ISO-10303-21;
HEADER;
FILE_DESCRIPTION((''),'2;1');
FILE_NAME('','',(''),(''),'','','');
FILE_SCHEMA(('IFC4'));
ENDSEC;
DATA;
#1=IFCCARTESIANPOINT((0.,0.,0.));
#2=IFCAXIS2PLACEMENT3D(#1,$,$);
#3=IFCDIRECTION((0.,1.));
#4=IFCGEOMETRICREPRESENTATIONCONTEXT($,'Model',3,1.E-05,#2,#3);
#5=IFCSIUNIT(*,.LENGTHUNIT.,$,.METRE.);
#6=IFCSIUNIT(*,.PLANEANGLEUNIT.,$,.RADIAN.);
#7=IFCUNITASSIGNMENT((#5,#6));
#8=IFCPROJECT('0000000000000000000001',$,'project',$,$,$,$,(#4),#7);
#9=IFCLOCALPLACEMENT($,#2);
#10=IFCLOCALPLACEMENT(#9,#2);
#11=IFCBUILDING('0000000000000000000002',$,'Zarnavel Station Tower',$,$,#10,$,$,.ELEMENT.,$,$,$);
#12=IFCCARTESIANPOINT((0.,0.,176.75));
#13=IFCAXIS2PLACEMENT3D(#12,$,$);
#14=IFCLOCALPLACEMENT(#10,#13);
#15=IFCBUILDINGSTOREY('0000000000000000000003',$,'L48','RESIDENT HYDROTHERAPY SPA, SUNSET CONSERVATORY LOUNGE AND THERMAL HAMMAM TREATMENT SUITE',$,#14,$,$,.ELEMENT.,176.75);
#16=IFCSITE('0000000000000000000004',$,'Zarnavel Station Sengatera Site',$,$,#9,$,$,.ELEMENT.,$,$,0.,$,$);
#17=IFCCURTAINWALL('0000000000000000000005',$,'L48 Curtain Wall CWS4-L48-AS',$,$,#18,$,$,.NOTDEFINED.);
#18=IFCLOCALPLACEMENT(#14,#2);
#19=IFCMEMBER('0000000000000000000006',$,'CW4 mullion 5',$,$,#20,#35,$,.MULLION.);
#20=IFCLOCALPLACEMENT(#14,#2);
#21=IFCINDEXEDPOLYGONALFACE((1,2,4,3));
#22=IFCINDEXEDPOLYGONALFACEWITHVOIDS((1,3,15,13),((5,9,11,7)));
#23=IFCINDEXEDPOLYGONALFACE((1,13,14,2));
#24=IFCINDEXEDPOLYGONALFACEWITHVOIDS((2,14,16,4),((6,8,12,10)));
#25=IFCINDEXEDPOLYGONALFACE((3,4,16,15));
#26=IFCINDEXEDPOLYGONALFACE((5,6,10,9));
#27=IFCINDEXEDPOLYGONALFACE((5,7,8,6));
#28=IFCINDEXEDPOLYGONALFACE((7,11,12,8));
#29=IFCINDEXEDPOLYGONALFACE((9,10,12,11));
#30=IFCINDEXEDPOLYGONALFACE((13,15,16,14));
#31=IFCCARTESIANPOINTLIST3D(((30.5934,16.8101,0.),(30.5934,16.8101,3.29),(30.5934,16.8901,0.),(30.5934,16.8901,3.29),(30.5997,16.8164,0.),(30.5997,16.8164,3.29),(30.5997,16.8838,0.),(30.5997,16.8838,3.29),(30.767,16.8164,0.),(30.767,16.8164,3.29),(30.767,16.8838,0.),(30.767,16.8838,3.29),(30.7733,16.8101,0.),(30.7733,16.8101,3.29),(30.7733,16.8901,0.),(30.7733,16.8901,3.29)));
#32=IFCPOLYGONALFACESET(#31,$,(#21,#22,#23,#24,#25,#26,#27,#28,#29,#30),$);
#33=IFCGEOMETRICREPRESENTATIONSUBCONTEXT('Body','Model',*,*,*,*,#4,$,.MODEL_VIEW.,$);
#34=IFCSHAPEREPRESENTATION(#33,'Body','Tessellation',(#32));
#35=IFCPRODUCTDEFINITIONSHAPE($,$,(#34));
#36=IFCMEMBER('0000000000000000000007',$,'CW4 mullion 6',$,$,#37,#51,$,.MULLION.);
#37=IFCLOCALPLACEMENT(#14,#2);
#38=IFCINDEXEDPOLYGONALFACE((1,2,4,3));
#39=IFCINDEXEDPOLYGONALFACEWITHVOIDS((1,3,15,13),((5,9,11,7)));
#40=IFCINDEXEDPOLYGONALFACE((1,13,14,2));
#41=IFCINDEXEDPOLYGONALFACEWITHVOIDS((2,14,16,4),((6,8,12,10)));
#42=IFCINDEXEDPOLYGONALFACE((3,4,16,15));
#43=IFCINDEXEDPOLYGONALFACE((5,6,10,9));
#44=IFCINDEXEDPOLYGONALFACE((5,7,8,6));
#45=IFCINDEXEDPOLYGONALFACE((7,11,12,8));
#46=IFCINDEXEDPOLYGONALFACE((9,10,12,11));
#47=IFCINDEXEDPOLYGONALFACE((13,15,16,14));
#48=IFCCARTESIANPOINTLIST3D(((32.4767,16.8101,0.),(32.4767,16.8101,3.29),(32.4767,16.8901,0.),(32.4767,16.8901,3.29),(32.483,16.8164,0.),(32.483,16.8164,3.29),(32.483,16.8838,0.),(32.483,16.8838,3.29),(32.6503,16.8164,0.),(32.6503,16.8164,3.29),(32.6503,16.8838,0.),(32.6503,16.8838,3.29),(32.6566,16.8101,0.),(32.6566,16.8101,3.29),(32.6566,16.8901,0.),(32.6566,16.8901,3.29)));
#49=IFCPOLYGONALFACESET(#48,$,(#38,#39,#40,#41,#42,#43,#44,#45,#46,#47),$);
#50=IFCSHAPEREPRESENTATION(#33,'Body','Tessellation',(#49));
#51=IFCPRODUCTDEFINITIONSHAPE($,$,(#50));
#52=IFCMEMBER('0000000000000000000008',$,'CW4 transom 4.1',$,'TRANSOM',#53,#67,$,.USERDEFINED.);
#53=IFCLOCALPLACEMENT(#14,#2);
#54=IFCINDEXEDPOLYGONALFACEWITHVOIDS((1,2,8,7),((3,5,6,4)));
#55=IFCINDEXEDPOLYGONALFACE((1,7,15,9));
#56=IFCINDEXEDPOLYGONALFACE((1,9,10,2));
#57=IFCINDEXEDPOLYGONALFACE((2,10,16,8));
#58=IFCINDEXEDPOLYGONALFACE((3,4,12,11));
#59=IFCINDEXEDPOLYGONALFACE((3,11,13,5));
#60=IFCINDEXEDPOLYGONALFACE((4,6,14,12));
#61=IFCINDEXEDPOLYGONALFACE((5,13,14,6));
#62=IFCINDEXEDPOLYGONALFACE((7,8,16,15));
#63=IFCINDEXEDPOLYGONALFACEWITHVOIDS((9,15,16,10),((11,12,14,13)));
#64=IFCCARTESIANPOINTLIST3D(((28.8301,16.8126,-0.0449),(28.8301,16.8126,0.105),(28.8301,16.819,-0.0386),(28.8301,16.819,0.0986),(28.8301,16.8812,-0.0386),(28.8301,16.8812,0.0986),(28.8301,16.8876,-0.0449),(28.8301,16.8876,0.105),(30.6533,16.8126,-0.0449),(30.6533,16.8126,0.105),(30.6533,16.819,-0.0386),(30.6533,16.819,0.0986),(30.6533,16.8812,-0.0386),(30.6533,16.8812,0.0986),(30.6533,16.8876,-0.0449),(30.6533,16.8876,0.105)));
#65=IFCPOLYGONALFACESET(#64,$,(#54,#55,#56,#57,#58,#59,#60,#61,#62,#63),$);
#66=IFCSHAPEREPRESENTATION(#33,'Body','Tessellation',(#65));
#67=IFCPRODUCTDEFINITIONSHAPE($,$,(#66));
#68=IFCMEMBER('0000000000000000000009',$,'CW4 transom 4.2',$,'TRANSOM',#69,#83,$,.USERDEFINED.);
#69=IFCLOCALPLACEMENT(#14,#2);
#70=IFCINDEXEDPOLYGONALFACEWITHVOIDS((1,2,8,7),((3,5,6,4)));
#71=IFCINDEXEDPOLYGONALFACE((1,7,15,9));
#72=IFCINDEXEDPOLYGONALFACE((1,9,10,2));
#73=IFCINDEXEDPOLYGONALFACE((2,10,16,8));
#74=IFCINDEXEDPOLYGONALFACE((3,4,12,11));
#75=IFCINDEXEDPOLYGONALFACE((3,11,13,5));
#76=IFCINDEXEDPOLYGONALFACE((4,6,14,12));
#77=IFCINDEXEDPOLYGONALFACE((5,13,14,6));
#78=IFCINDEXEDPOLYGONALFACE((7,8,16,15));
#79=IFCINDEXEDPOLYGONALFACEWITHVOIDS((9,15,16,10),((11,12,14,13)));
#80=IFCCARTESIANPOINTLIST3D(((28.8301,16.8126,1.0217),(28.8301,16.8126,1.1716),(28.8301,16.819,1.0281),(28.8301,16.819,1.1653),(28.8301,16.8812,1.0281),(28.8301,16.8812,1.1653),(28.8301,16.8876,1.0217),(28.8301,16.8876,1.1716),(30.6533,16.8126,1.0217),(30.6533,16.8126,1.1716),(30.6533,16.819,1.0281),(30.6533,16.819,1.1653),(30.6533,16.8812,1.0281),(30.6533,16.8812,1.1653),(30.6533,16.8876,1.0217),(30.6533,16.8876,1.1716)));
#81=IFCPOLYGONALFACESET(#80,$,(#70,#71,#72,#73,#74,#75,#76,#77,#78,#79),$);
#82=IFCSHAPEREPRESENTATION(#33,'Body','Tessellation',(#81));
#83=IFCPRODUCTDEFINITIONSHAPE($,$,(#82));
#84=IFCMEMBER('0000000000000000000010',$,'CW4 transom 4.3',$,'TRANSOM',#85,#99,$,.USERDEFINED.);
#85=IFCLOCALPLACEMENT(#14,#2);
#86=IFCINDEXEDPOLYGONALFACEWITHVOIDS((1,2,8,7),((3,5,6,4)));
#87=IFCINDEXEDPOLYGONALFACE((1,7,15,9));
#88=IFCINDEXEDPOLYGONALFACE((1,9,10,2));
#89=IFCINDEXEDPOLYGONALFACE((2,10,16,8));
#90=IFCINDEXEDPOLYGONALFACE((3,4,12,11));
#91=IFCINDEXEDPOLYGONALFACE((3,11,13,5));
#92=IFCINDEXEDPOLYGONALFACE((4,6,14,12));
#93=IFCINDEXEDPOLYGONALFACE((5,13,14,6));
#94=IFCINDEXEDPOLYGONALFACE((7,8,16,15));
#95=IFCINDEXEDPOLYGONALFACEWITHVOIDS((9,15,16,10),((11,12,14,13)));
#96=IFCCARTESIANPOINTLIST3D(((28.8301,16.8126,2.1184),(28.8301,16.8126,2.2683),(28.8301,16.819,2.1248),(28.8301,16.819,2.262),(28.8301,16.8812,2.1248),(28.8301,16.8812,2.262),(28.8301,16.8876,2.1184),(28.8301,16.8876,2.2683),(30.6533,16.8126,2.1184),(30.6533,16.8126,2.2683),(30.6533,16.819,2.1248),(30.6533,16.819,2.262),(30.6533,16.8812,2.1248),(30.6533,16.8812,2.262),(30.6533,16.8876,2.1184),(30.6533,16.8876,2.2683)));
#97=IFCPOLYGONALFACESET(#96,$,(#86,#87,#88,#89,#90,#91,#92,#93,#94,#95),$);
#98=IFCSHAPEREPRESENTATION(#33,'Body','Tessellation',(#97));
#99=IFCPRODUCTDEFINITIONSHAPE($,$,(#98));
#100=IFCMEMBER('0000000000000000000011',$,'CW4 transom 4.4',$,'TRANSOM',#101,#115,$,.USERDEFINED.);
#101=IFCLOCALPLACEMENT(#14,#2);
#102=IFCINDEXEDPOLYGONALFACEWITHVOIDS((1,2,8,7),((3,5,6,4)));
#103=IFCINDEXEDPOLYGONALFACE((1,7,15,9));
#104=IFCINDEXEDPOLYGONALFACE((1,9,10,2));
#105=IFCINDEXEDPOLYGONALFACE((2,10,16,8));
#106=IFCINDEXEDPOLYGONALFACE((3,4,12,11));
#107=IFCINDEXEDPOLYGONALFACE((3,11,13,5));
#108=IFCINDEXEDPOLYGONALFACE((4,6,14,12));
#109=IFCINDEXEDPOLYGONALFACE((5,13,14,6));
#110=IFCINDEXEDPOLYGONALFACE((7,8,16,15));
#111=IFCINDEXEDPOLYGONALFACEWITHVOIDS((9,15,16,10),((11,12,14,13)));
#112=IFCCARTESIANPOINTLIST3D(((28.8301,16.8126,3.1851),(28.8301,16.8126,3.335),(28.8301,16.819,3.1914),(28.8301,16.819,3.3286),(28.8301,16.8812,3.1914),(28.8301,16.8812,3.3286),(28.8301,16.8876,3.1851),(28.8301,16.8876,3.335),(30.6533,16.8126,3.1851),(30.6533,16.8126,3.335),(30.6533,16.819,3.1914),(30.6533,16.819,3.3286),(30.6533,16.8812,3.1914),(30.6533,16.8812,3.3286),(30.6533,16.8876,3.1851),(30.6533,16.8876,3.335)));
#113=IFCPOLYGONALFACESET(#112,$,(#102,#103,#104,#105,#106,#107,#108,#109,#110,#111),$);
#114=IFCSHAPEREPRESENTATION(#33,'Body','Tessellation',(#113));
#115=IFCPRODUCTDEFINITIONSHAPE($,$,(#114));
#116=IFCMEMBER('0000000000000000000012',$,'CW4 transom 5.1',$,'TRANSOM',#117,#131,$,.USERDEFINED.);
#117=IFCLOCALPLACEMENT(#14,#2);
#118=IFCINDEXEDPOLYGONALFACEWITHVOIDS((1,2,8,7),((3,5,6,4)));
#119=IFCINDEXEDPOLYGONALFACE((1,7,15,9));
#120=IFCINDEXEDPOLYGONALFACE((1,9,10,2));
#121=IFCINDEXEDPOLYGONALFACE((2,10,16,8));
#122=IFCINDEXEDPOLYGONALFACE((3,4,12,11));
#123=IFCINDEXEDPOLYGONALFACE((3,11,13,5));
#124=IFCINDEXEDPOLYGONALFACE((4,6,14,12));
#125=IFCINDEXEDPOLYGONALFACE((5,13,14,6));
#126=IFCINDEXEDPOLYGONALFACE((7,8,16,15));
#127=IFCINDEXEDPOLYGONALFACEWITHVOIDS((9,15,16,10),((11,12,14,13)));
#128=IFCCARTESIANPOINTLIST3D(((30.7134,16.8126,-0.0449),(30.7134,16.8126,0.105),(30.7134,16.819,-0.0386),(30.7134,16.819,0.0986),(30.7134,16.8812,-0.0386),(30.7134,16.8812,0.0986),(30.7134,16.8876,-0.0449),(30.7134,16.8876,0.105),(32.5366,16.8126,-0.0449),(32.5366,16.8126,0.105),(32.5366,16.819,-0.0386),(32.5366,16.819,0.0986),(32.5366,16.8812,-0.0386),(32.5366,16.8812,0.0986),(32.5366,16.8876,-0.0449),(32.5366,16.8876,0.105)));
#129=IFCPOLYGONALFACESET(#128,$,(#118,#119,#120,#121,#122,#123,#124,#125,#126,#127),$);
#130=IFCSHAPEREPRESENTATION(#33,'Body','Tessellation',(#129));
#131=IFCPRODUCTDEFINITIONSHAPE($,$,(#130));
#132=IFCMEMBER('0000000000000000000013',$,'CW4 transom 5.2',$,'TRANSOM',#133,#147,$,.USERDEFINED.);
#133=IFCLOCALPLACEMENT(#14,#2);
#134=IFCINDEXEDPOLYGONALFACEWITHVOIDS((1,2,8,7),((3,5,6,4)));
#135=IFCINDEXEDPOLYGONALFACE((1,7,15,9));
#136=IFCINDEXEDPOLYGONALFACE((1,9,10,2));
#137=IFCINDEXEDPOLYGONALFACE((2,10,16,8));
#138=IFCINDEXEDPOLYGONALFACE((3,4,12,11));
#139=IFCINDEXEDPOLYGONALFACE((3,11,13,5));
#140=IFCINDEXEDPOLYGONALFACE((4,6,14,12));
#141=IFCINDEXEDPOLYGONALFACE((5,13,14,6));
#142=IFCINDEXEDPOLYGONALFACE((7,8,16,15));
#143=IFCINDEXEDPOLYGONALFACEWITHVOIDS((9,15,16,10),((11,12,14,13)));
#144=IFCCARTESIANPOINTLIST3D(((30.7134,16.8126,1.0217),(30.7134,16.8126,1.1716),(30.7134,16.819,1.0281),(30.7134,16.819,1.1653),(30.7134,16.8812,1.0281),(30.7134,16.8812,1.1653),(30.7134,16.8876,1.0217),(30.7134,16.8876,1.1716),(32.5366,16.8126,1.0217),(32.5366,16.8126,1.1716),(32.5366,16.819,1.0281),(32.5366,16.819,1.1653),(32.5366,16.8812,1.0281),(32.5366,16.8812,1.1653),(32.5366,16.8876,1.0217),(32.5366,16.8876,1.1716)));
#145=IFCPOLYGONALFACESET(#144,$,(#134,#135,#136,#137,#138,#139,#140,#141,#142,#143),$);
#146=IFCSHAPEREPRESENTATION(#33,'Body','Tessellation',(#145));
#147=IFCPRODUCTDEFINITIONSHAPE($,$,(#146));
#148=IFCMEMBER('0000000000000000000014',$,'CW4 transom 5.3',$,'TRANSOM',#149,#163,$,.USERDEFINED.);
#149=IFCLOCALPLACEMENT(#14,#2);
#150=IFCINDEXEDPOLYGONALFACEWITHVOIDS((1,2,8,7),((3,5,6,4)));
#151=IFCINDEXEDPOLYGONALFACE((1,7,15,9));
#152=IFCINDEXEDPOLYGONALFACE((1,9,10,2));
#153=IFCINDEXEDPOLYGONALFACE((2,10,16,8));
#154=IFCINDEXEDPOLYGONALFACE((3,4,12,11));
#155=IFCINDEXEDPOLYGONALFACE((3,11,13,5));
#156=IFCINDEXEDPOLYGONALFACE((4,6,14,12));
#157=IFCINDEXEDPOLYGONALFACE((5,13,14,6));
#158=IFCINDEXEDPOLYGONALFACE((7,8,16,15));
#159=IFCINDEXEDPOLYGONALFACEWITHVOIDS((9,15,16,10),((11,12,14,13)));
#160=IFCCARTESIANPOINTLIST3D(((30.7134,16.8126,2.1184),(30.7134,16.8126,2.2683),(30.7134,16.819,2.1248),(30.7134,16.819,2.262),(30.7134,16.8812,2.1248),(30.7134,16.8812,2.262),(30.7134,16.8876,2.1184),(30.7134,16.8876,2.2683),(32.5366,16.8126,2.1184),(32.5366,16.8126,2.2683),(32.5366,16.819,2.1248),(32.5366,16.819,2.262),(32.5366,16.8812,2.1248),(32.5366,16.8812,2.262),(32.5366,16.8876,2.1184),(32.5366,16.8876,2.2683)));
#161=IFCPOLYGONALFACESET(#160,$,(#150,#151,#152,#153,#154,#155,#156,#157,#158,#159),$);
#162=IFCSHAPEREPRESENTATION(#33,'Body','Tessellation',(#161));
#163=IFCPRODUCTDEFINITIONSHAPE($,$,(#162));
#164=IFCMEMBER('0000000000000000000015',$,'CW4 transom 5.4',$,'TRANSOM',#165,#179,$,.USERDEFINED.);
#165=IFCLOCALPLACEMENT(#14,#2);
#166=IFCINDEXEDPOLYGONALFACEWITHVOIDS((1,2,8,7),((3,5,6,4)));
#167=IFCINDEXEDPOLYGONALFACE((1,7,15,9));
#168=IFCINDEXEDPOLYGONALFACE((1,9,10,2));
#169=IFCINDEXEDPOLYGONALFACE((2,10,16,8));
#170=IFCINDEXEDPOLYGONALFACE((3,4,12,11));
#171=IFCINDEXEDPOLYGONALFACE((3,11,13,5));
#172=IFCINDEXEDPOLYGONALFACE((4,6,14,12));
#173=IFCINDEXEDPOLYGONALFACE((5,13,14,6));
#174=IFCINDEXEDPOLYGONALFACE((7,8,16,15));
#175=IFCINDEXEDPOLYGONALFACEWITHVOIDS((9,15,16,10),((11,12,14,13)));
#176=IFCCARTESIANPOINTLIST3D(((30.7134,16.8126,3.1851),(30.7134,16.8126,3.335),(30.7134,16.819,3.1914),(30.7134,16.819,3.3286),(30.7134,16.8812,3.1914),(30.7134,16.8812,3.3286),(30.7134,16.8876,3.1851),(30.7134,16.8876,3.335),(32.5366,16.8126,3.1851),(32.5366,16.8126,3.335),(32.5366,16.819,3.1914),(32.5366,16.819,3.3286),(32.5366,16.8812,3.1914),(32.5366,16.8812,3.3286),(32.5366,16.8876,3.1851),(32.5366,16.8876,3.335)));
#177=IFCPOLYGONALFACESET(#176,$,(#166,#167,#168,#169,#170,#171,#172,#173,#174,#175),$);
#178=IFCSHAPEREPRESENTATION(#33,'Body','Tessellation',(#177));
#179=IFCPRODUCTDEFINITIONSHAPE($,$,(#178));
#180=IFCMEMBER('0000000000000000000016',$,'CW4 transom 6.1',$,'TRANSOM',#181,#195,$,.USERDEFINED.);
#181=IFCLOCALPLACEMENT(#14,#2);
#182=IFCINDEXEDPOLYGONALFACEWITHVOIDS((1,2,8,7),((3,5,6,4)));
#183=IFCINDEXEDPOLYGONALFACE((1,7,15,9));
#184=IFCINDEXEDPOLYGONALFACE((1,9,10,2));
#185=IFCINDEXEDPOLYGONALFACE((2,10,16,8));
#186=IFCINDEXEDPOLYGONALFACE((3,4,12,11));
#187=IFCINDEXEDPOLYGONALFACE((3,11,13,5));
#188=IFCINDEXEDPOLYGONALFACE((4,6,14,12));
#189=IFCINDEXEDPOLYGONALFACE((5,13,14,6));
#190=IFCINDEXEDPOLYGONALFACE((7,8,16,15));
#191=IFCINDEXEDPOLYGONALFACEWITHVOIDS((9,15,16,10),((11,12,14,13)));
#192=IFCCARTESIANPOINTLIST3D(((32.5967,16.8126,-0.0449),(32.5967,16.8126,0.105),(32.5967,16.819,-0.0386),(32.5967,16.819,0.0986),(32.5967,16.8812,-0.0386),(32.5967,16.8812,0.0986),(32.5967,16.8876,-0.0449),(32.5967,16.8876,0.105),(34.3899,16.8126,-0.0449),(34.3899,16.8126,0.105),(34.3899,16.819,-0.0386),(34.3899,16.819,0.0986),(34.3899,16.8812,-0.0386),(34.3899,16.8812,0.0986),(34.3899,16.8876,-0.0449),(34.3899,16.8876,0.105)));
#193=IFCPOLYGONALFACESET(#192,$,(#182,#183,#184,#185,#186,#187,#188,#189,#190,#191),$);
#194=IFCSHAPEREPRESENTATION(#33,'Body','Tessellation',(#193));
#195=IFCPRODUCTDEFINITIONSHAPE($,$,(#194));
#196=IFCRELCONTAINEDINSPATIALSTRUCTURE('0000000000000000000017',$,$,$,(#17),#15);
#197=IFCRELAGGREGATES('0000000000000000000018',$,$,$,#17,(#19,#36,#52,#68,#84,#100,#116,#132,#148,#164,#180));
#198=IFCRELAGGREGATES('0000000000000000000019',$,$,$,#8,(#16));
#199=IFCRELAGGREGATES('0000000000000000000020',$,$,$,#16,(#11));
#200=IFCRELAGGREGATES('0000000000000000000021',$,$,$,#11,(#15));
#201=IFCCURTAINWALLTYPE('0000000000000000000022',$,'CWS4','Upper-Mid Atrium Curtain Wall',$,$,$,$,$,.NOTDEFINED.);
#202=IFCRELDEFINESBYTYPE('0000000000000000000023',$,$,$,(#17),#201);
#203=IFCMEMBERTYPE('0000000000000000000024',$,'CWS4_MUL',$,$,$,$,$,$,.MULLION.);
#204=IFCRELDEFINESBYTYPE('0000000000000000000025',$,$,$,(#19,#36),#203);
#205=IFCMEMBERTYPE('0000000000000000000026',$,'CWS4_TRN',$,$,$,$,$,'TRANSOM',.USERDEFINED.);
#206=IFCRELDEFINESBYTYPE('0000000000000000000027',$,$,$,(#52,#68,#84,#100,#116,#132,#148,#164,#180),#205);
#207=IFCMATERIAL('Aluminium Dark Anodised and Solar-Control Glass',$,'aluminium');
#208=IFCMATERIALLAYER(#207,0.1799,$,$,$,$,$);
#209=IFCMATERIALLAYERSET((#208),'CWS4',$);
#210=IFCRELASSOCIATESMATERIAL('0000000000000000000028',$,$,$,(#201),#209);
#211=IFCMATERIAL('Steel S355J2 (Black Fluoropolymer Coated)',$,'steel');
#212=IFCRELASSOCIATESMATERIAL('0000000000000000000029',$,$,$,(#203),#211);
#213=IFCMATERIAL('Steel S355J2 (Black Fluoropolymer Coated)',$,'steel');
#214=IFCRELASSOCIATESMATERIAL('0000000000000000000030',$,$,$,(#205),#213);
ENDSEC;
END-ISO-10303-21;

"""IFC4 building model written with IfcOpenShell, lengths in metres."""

from ifc_helpers import new_model, si_unit, direction, frame, origin, origin_2d, place, context, subcontext, project, spatial, hollow_rectangle, extrude, material, layer, layer_set, material_profile, profile_set, type_object, element, aggregate, save


model = new_model("IFC4")

# Units and contexts
model_context = context("Model", 3, precision=1e-05, world=origin(), true_north=direction((0.0, 1.0)))
body_context = subcontext(model_context, "Body", "Model", "MODEL_VIEW")
ifc_project = project(units=[si_unit("LENGTHUNIT", "METRE"), si_unit("PLANEANGLEUNIT", "RADIAN")], contexts=[model_context])

# Site, building, storey
site_placement = place(None, origin())
site = spatial("IfcSite", under=ifc_project, at=site_placement, Name="Zarnavel Station Sengatera Site", CompositionType="ELEMENT", RefElevation=0.0)
building_placement = place(site_placement, origin())
building = spatial("IfcBuilding", under=site, at=building_placement, Name="Zarnavel Station Tower", CompositionType="ELEMENT")
storey_placement = place(building_placement, frame((0.0, 0.0, 176.75)))
storey = spatial("IfcBuildingStorey", under=building, at=storey_placement, Name="L48", Description="RESIDENT HYDROTHERAPY SPA, SUNSET CONSERVATORY LOUNGE AND THERMAL HAMMAM TREATMENT SUITE", CompositionType="ELEMENT", Elevation=176.75)

# Curtain wall, members
ifc_material_1 = material(Name="Aluminium Dark Anodised and Solar-Control Glass", Category="aluminium")
ifc_layer_1 = layer(ifc_material_1, 0.1799)
ifc_layer_set_1 = layer_set([ifc_layer_1], Name="CWS4")
curtain_wall_type_1 = type_object("IfcCurtainWallType", Name="CWS4", Description="Upper-Mid Atrium Curtain Wall", PredefinedType="NOTDEFINED", material=ifc_layer_set_1)
curtain_wall_1_placement = place(storey_placement, origin())
curtain_wall_1 = element("IfcCurtainWall", 1, at=curtain_wall_1_placement, inside=storey, type_object=curtain_wall_type_1, Name="L48 Curtain Wall CWS4-L48-AS", PredefinedType="NOTDEFINED")
ifc_material_2 = material(Name="Steel S355J2 (Black Fluoropolymer Coated)", Category="steel")
ifc_material_profile_1 = material_profile(ifc_material_2, hollow_rectangle(XDim=0.0801, YDim=0.1799, WallThickness=0.0063, at=origin_2d()), Name="RHS180x80x6.3")
ifc_profile_set_1 = profile_set([ifc_material_profile_1], Name="Steel S355J2 (Black Fluoropolymer Coated)")
member_type_1 = type_object("IfcMemberType", Name="CWS4_MUL", PredefinedType="MULLION", material=ifc_profile_set_1)
member_1_placement = place(storey_placement, frame((30.6833, 16.8501, 0.0), z_axis=(0.0, 0.0, 1.0), x_axis=(0.0, 1.0, 0.0)))
member_1 = element("IfcMember", 2, at=member_1_placement, type_object=member_type_1, Name="CW4 mullion 5", PredefinedType="MULLION", context=body_context, shape_type="SweptSolid", body=[
    extrude(hollow_rectangle(XDim=0.0801, YDim=0.1799, WallThickness=0.0063, at=origin_2d()), origin(), (0.0, 0.0, 1.0), 3.29),
])
member_2_placement = place(storey_placement, frame((32.5667, 16.8501, 0.0), z_axis=(0.0, 0.0, 1.0), x_axis=(0.0, 1.0, 0.0)))
member_2 = element("IfcMember", 3, at=member_2_placement, type_object=member_type_1, Name="CW4 mullion 6", PredefinedType="MULLION", context=body_context, shape_type="SweptSolid", body=[
    extrude(hollow_rectangle(XDim=0.0801, YDim=0.1799, WallThickness=0.0063, at=origin_2d()), origin(), (0.0, 0.0, 1.0), 3.29),
])
ifc_material_3 = material(Name="Steel S355J2 (Black Fluoropolymer Coated)", Category="steel")
ifc_material_profile_2 = material_profile(ifc_material_3, hollow_rectangle(XDim=0.075, YDim=0.1499, WallThickness=0.0063, at=origin_2d()), Name="RHS150x75x6.3")
ifc_profile_set_2 = profile_set([ifc_material_profile_2], Name="Steel S355J2 (Black Fluoropolymer Coated)")
member_type_2 = type_object("IfcMemberType", Name="CWS4_TRN", ElementType="TRANSOM", PredefinedType="USERDEFINED", material=ifc_profile_set_2)
member_3_placement = place(storey_placement, frame((28.8301, 16.8501, 0.03), z_axis=(1.0, 0.0, 0.0), x_axis=(0.0, 1.0, 0.0)))
member_3 = element("IfcMember", 4, at=member_3_placement, type_object=member_type_2, Name="CW4 transom 4.1", ObjectType="TRANSOM", PredefinedType="USERDEFINED", context=body_context, shape_type="SweptSolid", body=[
    extrude(hollow_rectangle(XDim=0.075, YDim=0.1499, WallThickness=0.0063, at=origin_2d()), origin(), (0.0, 0.0, 1.0), 1.8232),
])
member_4_placement = place(storey_placement, frame((28.8301, 16.8501, 1.0967), z_axis=(1.0, 0.0, 0.0), x_axis=(0.0, 1.0, 0.0)))
member_4 = element("IfcMember", 5, at=member_4_placement, type_object=member_type_2, Name="CW4 transom 4.2", ObjectType="TRANSOM", PredefinedType="USERDEFINED", context=body_context, shape_type="SweptSolid", body=[
    extrude(hollow_rectangle(XDim=0.075, YDim=0.1499, WallThickness=0.0063, at=origin_2d()), origin(), (0.0, 0.0, 1.0), 1.8232),
])
member_5_placement = place(storey_placement, frame((28.8301, 16.8501, 2.1934), z_axis=(1.0, 0.0, 0.0), x_axis=(0.0, 1.0, 0.0)))
member_5 = element("IfcMember", 6, at=member_5_placement, type_object=member_type_2, Name="CW4 transom 4.3", ObjectType="TRANSOM", PredefinedType="USERDEFINED", context=body_context, shape_type="SweptSolid", body=[
    extrude(hollow_rectangle(XDim=0.075, YDim=0.1499, WallThickness=0.0063, at=origin_2d()), origin(), (0.0, 0.0, 1.0), 1.8232),
])
member_6_placement = place(storey_placement, frame((28.8301, 16.8501, 3.26), z_axis=(1.0, 0.0, 0.0), x_axis=(0.0, 1.0, 0.0)))
member_6 = element("IfcMember", 7, at=member_6_placement, type_object=member_type_2, Name="CW4 transom 4.4", ObjectType="TRANSOM", PredefinedType="USERDEFINED", context=body_context, shape_type="SweptSolid", body=[
    extrude(hollow_rectangle(XDim=0.075, YDim=0.1499, WallThickness=0.0063, at=origin_2d()), origin(), (0.0, 0.0, 1.0), 1.8232),
])
member_7_placement = place(storey_placement, frame((30.7134, 16.8501, 0.03), z_axis=(1.0, 0.0, 0.0), x_axis=(0.0, 1.0, 0.0)))
member_7 = element("IfcMember", 8, at=member_7_placement, type_object=member_type_2, Name="CW4 transom 5.1", ObjectType="TRANSOM", PredefinedType="USERDEFINED", context=body_context, shape_type="SweptSolid", body=[
    extrude(hollow_rectangle(XDim=0.075, YDim=0.1499, WallThickness=0.0063, at=origin_2d()), origin(), (0.0, 0.0, 1.0), 1.8232),
])
member_8_placement = place(storey_placement, frame((30.7134, 16.8501, 1.0967), z_axis=(1.0, 0.0, 0.0), x_axis=(0.0, 1.0, 0.0)))
member_8 = element("IfcMember", 9, at=member_8_placement, type_object=member_type_2, Name="CW4 transom 5.2", ObjectType="TRANSOM", PredefinedType="USERDEFINED", context=body_context, shape_type="SweptSolid", body=[
    extrude(hollow_rectangle(XDim=0.075, YDim=0.1499, WallThickness=0.0063, at=origin_2d()), origin(), (0.0, 0.0, 1.0), 1.8232),
])
member_9_placement = place(storey_placement, frame((30.7134, 16.8501, 2.1934), z_axis=(1.0, 0.0, 0.0), x_axis=(0.0, 1.0, 0.0)))
member_9 = element("IfcMember", 10, at=member_9_placement, type_object=member_type_2, Name="CW4 transom 5.3", ObjectType="TRANSOM", PredefinedType="USERDEFINED", context=body_context, shape_type="SweptSolid", body=[
    extrude(hollow_rectangle(XDim=0.075, YDim=0.1499, WallThickness=0.0063, at=origin_2d()), origin(), (0.0, 0.0, 1.0), 1.8232),
])
member_10_placement = place(storey_placement, frame((30.7134, 16.8501, 3.26), z_axis=(1.0, 0.0, 0.0), x_axis=(0.0, 1.0, 0.0)))
member_10 = element("IfcMember", 11, at=member_10_placement, type_object=member_type_2, Name="CW4 transom 5.4", ObjectType="TRANSOM", PredefinedType="USERDEFINED", context=body_context, shape_type="SweptSolid", body=[
    extrude(hollow_rectangle(XDim=0.075, YDim=0.1499, WallThickness=0.0063, at=origin_2d()), origin(), (0.0, 0.0, 1.0), 1.8232),
])
member_11_placement = place(storey_placement, frame((32.5967, 16.8501, 0.03), z_axis=(1.0, 0.0, 0.0), x_axis=(0.0, 1.0, 0.0)))
member_11 = element("IfcMember", 12, at=member_11_placement, type_object=member_type_2, Name="CW4 transom 6.1", ObjectType="TRANSOM", PredefinedType="USERDEFINED", context=body_context, shape_type="SweptSolid", body=[
    extrude(hollow_rectangle(XDim=0.075, YDim=0.1499, WallThickness=0.0063, at=origin_2d()), origin(), (0.0, 0.0, 1.0), 1.7932),
])

aggregate(curtain_wall_1, [member_1, member_2, member_3, member_4, member_5, member_6, member_7, member_8, member_9, member_10, member_11])

save(model, "model.ifc")
